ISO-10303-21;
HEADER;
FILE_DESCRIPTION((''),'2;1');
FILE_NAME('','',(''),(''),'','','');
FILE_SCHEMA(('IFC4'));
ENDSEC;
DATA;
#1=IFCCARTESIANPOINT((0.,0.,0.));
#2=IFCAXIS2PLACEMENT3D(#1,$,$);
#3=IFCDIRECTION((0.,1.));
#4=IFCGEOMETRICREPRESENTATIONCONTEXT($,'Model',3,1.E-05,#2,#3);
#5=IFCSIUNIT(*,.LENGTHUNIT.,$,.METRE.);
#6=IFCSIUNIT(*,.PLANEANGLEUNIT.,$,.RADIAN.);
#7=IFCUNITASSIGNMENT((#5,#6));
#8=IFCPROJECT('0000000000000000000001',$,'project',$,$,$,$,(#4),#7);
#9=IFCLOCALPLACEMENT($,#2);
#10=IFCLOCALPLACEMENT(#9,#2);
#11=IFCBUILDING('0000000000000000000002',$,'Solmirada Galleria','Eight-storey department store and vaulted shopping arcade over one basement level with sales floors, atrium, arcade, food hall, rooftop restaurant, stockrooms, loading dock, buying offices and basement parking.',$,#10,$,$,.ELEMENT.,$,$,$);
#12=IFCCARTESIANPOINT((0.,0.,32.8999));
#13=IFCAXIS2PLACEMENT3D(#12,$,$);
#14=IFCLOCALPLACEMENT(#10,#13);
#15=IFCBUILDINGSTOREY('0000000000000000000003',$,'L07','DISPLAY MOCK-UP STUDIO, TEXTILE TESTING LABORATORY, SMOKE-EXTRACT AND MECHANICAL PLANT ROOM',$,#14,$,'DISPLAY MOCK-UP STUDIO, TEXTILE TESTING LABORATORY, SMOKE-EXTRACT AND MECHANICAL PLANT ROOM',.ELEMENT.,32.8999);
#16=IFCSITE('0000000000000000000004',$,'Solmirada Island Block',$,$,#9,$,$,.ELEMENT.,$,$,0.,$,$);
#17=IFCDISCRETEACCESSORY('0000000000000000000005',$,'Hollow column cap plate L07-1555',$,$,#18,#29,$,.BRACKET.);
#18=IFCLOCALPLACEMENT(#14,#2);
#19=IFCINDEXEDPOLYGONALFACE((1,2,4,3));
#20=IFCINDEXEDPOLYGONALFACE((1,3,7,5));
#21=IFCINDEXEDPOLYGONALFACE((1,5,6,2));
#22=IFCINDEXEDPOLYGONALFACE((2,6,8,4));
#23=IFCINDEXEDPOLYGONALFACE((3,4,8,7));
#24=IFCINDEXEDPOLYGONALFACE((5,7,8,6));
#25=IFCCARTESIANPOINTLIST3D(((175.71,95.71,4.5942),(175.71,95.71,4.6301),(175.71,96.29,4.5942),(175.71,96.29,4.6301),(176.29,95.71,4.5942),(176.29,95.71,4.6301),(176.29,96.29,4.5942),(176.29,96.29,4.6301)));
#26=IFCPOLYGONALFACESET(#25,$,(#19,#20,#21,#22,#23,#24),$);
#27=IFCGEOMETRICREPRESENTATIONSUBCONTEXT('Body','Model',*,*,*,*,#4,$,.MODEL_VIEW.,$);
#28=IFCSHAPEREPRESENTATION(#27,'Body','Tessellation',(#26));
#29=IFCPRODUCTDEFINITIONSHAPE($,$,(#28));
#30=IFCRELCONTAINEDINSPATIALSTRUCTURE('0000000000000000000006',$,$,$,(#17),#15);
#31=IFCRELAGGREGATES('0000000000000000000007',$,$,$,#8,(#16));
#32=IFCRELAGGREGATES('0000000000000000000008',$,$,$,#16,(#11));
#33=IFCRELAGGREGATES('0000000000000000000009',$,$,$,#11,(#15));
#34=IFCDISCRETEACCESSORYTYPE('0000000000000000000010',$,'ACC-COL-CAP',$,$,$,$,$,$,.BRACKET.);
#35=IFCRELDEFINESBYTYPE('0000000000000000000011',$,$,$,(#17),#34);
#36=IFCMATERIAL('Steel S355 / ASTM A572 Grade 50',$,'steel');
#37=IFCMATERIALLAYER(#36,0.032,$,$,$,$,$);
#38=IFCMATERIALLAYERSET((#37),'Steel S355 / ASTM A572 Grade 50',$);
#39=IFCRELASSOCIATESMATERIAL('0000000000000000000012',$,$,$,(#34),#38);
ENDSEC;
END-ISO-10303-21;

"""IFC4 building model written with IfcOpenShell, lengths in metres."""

from ifc_helpers import new_model, si_unit, direction, frame, origin, origin_2d, place, context, subcontext, project, spatial, rectangle, extrude, material, layer, layer_set, type_object, element, save


model = new_model("IFC4")

# Units and contexts
model_context = context("Model", 3, precision=1e-05, world=origin(), true_north=direction((0.0, 1.0)))
body_context = subcontext(model_context, "Body", "Model", "MODEL_VIEW")
ifc_project = project(units=[si_unit("LENGTHUNIT", "METRE"), si_unit("PLANEANGLEUNIT", "RADIAN")], contexts=[model_context])

# Site, building, storey
site_placement = place(None, origin())
site = spatial("IfcSite", under=ifc_project, at=site_placement, Name="Solmirada Island Block", CompositionType="ELEMENT", RefElevation=0.0)
building_placement = place(site_placement, origin())
building = spatial("IfcBuilding", under=site, at=building_placement, Name="Solmirada Galleria", Description="Eight-storey department store and vaulted shopping arcade over one basement level with sales floors, atrium, arcade, food hall, rooftop restaurant, stockrooms, loading dock, buying offices and basement parking.", CompositionType="ELEMENT")
storey_placement = place(building_placement, frame((0.0, 0.0, 32.8999)))
storey = spatial("IfcBuildingStorey", under=building, at=storey_placement, Name="L07", Description="DISPLAY MOCK-UP STUDIO, TEXTILE TESTING LABORATORY, SMOKE-EXTRACT AND MECHANICAL PLANT ROOM", LongName="DISPLAY MOCK-UP STUDIO, TEXTILE TESTING LABORATORY, SMOKE-EXTRACT AND MECHANICAL PLANT ROOM", CompositionType="ELEMENT", Elevation=32.8999)

# Discrete accessory
ifc_material_1 = material(Name="Steel S355 / ASTM A572 Grade 50", Category="steel")
ifc_layer_1 = layer(ifc_material_1, 0.032)
ifc_layer_set_1 = layer_set([ifc_layer_1], Name="Steel S355 / ASTM A572 Grade 50")
discrete_accessory_type = type_object("IfcDiscreteAccessoryType", Name="ACC-COL-CAP", PredefinedType="BRACKET", material=ifc_layer_set_1)
for number, where, z_axis, x_axis, name in (
    (1, (176.0, 96.0, 4.5942), (0.0, 0.0, 1.0), (1.0, 0.0, 0.0), "Hollow column cap plate L07-1555"),
):
    element("IfcDiscreteAccessory", number, at=place(storey_placement, frame(where, z_axis=z_axis, x_axis=x_axis)), inside=storey, type_object=discrete_accessory_type, Name=name, PredefinedType="BRACKET", context=body_context, shape_type="SweptSolid", body=[
        extrude(rectangle(XDim=0.5801, YDim=0.5801, at=origin_2d()), origin(), (0.0, 0.0, 1.0), 0.0359),
    ])

save(model, "model.ifc")
